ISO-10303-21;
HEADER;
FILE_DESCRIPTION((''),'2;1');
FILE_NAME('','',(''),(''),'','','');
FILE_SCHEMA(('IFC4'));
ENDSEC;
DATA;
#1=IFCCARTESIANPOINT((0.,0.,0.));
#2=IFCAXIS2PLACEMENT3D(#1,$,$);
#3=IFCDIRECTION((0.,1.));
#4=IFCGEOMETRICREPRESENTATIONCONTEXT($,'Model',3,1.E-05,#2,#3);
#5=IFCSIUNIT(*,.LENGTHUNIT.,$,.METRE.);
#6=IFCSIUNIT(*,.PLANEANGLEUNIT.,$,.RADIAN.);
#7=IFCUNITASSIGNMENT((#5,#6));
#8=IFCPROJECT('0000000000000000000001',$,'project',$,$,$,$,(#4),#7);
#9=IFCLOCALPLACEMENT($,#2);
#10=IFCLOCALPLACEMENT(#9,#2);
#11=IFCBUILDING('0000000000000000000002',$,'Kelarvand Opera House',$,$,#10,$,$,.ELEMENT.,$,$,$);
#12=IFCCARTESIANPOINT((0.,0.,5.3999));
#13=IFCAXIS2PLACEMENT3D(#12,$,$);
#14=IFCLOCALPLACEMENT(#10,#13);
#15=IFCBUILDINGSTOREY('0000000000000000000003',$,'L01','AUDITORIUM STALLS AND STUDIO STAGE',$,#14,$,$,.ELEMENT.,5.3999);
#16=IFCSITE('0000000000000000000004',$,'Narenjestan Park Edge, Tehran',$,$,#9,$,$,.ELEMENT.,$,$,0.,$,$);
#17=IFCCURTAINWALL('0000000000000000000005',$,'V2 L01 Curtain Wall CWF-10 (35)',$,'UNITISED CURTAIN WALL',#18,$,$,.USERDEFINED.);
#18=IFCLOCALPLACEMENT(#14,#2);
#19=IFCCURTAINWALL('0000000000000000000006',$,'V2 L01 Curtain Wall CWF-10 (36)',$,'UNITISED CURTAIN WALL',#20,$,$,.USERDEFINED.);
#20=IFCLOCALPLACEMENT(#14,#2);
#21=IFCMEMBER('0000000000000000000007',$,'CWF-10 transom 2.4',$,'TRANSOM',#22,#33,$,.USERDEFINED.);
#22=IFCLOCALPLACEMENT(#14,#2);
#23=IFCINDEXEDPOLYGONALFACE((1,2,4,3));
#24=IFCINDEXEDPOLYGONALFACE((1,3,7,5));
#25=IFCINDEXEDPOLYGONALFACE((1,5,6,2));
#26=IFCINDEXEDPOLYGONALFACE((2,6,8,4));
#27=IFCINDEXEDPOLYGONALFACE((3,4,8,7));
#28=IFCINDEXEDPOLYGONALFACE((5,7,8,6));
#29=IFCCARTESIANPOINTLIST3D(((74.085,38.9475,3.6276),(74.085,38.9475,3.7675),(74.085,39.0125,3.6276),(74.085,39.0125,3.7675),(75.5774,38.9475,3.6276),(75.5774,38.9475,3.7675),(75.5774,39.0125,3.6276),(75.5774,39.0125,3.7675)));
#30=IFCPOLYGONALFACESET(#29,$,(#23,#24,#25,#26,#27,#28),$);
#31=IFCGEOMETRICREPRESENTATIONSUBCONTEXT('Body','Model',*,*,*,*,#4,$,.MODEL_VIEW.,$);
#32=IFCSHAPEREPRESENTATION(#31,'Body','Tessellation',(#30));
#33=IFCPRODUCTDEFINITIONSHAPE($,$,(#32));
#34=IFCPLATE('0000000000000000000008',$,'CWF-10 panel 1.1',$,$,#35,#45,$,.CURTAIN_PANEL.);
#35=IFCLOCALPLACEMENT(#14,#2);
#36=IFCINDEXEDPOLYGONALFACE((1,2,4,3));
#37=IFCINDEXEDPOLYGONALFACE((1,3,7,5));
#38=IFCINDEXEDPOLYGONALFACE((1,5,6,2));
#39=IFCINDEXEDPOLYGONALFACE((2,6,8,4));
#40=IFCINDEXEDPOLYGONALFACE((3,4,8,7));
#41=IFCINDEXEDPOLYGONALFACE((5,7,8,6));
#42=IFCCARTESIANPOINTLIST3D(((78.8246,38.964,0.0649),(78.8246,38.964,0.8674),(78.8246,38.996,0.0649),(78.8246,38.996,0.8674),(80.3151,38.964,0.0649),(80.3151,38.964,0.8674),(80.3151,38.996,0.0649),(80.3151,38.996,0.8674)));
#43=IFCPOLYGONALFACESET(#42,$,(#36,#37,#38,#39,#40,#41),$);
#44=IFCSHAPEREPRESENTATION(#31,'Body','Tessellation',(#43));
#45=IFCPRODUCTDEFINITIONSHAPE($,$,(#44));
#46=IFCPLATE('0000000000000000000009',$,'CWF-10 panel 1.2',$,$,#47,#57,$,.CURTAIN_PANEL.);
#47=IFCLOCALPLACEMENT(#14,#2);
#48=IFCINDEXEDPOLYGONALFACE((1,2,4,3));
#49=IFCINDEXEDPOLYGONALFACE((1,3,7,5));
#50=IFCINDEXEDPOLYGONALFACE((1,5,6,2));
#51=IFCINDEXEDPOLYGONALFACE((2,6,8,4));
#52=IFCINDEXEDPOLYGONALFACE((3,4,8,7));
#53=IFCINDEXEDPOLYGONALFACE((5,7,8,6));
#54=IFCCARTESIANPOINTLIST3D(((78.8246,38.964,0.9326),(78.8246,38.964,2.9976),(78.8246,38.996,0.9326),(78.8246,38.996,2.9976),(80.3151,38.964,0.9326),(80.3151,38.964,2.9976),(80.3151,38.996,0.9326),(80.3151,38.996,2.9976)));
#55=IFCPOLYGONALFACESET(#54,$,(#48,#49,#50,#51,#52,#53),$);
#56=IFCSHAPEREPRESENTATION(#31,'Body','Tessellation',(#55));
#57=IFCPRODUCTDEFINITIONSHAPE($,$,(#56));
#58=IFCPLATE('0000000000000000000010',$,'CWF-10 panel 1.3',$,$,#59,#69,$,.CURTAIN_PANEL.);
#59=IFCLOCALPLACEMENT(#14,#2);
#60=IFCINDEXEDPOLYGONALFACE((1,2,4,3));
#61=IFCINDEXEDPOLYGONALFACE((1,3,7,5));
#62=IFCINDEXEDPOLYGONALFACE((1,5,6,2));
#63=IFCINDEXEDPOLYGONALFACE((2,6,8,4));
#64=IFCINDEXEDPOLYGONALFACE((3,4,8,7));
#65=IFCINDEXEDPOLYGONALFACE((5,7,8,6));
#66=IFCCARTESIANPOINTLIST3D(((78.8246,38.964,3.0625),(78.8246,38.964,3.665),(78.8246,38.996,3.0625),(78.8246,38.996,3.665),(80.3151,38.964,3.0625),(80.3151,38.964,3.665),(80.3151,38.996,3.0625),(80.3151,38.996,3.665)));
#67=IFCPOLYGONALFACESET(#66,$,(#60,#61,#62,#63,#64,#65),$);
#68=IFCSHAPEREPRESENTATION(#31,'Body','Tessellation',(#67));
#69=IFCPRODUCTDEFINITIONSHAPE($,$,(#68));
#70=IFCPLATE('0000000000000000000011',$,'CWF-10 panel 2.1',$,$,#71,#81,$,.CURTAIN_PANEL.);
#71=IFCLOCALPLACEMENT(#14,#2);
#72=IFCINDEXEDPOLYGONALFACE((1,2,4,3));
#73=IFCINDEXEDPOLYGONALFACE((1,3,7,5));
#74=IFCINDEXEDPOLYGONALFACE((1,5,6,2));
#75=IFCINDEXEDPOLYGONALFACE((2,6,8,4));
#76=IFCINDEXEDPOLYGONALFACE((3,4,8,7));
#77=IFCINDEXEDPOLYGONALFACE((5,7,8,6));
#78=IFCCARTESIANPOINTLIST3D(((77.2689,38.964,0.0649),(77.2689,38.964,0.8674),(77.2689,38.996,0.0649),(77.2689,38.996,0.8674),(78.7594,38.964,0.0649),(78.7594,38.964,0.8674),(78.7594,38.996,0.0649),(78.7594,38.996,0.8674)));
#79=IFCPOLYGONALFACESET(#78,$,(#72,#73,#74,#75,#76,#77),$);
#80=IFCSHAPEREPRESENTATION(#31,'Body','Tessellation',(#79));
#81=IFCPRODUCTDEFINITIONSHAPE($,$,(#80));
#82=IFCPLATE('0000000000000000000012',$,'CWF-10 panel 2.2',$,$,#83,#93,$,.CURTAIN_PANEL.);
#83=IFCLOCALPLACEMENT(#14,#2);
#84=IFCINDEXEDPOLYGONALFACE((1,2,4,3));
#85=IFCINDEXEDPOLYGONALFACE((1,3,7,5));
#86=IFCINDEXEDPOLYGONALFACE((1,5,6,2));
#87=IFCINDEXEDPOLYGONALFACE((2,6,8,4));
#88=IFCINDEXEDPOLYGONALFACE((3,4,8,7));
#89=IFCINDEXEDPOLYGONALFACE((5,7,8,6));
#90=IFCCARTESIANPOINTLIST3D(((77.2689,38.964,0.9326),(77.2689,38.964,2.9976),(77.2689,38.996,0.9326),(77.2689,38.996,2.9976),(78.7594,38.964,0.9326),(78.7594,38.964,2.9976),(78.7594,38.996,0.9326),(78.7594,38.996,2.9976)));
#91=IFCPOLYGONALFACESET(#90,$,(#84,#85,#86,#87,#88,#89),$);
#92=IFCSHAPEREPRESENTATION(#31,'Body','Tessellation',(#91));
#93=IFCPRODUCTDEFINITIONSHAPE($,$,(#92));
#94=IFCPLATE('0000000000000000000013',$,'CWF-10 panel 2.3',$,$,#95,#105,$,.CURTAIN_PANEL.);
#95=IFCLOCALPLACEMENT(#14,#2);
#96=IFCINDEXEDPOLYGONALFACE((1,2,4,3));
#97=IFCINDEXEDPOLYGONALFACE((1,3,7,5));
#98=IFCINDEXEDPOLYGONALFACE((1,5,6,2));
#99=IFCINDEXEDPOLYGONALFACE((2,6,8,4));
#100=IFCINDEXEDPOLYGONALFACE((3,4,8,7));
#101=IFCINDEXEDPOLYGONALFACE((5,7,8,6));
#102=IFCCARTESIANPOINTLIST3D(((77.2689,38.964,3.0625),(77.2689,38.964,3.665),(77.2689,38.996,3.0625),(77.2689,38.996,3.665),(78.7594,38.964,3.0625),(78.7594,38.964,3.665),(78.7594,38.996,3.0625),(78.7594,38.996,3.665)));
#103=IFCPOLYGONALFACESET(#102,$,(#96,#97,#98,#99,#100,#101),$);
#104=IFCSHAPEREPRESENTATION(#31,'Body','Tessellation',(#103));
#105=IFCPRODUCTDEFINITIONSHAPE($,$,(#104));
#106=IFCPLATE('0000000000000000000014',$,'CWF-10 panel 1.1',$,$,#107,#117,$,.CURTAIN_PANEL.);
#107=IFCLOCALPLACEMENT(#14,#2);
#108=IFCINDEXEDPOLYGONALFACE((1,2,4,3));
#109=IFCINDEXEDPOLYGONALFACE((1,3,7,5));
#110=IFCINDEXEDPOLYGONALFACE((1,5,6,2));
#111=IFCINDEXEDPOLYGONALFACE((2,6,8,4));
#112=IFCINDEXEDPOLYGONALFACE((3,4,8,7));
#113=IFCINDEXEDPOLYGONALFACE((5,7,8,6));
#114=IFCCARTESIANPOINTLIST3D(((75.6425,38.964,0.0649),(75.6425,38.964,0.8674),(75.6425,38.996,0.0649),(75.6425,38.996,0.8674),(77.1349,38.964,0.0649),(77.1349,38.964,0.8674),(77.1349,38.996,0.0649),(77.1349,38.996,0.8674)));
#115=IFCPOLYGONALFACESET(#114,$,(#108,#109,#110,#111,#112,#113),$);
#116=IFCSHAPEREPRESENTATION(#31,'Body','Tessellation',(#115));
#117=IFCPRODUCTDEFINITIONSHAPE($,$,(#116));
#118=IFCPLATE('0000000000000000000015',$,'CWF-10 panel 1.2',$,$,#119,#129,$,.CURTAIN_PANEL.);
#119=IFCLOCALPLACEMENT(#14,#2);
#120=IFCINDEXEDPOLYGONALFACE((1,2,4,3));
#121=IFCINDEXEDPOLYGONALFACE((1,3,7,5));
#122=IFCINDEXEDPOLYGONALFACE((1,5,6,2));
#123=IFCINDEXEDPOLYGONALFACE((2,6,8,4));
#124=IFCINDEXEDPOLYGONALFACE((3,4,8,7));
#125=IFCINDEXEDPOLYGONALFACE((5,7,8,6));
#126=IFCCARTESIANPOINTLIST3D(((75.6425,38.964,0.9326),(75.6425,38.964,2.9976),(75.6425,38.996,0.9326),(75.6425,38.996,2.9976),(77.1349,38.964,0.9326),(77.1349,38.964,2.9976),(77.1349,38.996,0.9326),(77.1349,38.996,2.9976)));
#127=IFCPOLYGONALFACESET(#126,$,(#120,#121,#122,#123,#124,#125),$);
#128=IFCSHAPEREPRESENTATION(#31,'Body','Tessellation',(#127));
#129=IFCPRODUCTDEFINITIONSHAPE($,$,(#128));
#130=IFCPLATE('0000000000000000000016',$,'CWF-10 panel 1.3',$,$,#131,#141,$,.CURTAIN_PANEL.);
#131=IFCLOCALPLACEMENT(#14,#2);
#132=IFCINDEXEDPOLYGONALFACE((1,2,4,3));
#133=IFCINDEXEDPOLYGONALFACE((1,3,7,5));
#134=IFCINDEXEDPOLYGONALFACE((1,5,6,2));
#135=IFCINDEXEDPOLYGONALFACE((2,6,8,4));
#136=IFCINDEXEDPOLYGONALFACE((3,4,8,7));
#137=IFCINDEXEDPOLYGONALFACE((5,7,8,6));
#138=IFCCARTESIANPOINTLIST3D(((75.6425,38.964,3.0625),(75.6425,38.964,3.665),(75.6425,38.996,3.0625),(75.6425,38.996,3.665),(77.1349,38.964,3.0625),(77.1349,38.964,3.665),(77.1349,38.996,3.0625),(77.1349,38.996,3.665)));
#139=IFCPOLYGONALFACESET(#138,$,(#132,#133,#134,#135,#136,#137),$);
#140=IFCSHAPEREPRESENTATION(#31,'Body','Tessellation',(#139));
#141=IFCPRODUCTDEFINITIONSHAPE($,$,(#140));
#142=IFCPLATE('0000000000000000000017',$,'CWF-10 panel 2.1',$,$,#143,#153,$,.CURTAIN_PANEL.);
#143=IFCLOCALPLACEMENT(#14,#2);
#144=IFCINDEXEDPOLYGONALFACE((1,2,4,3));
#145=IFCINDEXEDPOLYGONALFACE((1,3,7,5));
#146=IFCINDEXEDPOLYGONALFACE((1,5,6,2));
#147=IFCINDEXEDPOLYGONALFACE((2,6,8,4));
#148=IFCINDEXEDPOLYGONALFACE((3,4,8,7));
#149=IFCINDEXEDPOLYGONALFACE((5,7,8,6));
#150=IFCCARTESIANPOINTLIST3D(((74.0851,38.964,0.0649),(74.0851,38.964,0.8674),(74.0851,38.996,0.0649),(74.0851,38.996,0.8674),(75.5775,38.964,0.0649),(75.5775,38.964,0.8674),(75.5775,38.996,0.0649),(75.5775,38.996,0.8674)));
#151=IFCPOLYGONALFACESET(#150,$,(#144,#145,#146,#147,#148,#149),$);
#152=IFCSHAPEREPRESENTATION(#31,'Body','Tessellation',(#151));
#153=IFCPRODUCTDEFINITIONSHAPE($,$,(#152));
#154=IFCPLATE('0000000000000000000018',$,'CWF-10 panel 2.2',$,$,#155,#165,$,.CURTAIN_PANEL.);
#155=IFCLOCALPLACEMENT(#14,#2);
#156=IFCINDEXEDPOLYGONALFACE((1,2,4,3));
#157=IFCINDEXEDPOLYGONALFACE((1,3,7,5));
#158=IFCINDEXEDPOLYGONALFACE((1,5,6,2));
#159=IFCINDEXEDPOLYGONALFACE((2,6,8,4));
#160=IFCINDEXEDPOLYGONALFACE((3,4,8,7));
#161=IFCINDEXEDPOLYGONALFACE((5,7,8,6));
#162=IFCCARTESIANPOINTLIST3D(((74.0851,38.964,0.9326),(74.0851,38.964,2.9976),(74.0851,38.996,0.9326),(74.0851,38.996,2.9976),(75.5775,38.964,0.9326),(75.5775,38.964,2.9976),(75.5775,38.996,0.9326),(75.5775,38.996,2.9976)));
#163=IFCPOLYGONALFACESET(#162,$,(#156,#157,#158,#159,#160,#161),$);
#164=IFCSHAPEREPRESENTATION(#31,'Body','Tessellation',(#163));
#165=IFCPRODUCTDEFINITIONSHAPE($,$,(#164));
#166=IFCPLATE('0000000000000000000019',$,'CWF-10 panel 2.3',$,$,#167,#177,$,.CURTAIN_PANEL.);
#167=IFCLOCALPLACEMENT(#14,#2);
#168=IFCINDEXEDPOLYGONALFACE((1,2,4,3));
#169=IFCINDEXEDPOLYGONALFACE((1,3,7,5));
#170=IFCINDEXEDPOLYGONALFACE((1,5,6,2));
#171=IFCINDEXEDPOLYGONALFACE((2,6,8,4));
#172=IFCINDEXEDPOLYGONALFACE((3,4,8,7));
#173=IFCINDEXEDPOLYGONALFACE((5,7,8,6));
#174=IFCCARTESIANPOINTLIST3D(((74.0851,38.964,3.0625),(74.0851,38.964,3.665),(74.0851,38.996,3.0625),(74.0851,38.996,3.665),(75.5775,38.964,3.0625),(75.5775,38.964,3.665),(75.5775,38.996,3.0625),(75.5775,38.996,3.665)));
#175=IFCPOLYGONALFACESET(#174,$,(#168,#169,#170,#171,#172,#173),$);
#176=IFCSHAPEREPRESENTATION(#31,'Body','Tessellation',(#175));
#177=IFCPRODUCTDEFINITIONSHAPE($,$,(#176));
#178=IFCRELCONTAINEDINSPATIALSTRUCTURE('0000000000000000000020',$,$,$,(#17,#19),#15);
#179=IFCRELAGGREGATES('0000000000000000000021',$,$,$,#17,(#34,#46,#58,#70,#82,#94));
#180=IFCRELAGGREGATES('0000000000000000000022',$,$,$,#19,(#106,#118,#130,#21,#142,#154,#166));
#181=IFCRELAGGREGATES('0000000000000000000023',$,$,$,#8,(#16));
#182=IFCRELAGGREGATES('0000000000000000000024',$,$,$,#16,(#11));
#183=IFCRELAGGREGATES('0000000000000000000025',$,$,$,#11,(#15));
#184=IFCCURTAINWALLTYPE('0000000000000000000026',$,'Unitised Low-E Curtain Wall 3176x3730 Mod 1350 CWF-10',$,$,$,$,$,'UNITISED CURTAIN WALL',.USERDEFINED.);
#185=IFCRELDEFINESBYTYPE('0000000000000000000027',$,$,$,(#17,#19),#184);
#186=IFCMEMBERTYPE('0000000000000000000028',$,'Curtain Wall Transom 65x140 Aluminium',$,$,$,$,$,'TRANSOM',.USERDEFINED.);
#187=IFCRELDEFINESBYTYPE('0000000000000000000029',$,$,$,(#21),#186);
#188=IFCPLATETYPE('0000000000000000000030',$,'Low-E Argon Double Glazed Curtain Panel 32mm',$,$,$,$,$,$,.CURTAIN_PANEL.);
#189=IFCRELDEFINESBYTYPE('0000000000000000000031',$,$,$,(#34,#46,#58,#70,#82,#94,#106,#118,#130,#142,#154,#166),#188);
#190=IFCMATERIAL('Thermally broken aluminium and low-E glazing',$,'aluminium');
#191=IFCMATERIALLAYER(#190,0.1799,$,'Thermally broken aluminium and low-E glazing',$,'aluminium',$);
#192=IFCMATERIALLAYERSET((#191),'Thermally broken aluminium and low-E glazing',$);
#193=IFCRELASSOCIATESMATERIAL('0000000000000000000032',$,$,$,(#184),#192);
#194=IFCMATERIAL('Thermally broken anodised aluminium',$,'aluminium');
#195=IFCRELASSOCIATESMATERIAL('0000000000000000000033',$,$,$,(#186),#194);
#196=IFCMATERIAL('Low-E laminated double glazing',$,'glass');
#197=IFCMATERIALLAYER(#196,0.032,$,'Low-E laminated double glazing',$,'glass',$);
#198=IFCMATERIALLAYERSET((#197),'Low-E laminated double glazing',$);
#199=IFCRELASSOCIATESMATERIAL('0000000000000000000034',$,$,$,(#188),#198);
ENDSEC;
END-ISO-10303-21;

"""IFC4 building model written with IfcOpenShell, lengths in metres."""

from ifc_helpers import new_model, si_unit, direction, frame, origin, origin_2d, place, context, subcontext, project, spatial, rectangle, extrude, material, layer, layer_set, material_profile, profile_set, type_object, element, aggregate, save


model = new_model("IFC4")

# Units and contexts
model_context = context("Model", 3, precision=1e-05, world=origin(), true_north=direction((0.0, 1.0)))
body_context = subcontext(model_context, "Body", "Model", "MODEL_VIEW")
ifc_project = project(units=[si_unit("LENGTHUNIT", "METRE"), si_unit("PLANEANGLEUNIT", "RADIAN")], contexts=[model_context])

# Site, building, storey
site_placement = place(None, origin())
site = spatial("IfcSite", under=ifc_project, at=site_placement, Name="Narenjestan Park Edge, Tehran", CompositionType="ELEMENT", RefElevation=0.0)
building_placement = place(site_placement, origin())
building = spatial("IfcBuilding", under=site, at=building_placement, Name="Kelarvand Opera House", CompositionType="ELEMENT")
storey_placement = place(building_placement, frame((0.0, 0.0, 5.3999)))
storey = spatial("IfcBuildingStorey", under=building, at=storey_placement, Name="L01", Description="AUDITORIUM STALLS AND STUDIO STAGE", CompositionType="ELEMENT", Elevation=5.3999)

# Curtain walls
ifc_material_1 = material(Name="Thermally broken aluminium and low-E glazing", Category="aluminium")
ifc_layer_1 = layer(ifc_material_1, 0.1799, Name="Thermally broken aluminium and low-E glazing", Category="aluminium")
ifc_layer_set_1 = layer_set([ifc_layer_1], Name="Thermally broken aluminium and low-E glazing")
curtain_wall_type = type_object("IfcCurtainWallType", Name="Unitised Low-E Curtain Wall 3176x3730 Mod 1350 CWF-10", ElementType="UNITISED CURTAIN WALL", PredefinedType="USERDEFINED", material=ifc_layer_set_1)
curtain_wall_1_placement = place(storey_placement, origin())
curtain_wall_1 = element("IfcCurtainWall", 1, at=curtain_wall_1_placement, inside=storey, type_object=curtain_wall_type, Name="V2 L01 Curtain Wall CWF-10 (35)", ObjectType="UNITISED CURTAIN WALL", PredefinedType="USERDEFINED")
ifc_material_2 = material(Name="Thermally broken anodised aluminium", Category="aluminium")
curtain_wall_2_placement = place(storey_placement, origin())
curtain_wall_2 = element("IfcCurtainWall", 2, at=curtain_wall_2_placement, inside=storey, type_object=curtain_wall_type, Name="V2 L01 Curtain Wall CWF-10 (36)", ObjectType="UNITISED CURTAIN WALL", PredefinedType="USERDEFINED")

# Member
ifc_material_profile_1 = material_profile(ifc_material_2, rectangle(XDim=0.0649, YDim=0.1399, at=origin_2d()), Name="ALU TRANSOM 65x140", Category="aluminium")
ifc_profile_set_1 = profile_set([ifc_material_profile_1], Name="Thermally broken anodised aluminium")
member_type_1 = type_object("IfcMemberType", Name="Curtain Wall Transom 65x140 Aluminium", ElementType="TRANSOM", PredefinedType="USERDEFINED", material=ifc_profile_set_1)
member_1_placement = place(storey_placement, frame((75.5774, 38.98, 3.6975), z_axis=(-1.0, 0.0, 0.0), x_axis=(0.0, -1.0, 0.0)))
member_1 = element("IfcMember", 3, at=member_1_placement, type_object=member_type_1, Name="CWF-10 transom 2.4", ObjectType="TRANSOM", PredefinedType="USERDEFINED", context=body_context, shape_type="SweptSolid", body=[
    extrude(rectangle(XDim=0.0649, YDim=0.1399, at=origin_2d()), origin(), (0.0, 0.0, 1.0), 1.4924),
])

# Plates
ifc_material_3 = material(Name="Low-E laminated double glazing", Category="glass")
ifc_layer_2 = layer(ifc_material_3, 0.032, Name="Low-E laminated double glazing", Category="glass")
ifc_layer_set_2 = layer_set([ifc_layer_2], Name="Low-E laminated double glazing")
plate_type = type_object("IfcPlateType", Name="Low-E Argon Double Glazed Curtain Panel 32mm", PredefinedType="CURTAIN_PANEL", material=ifc_layer_set_2)
plate_1_placement = place(storey_placement, frame((79.5698, 38.98, 0.0649), z_axis=(0.0, 0.0, 1.0), x_axis=(-1.0, 0.0, 0.0)))
plate_1 = element("IfcPlate", 4, at=plate_1_placement, type_object=plate_type, Name="CWF-10 panel 1.1", PredefinedType="CURTAIN_PANEL", context=body_context, shape_type="SweptSolid", body=[
    extrude(rectangle(XDim=1.4905, YDim=0.032, at=origin_2d()), origin(), (0.0, 0.0, 1.0), 0.8025),
])
plate_2_placement = place(storey_placement, frame((79.5698, 38.98, 0.9326), z_axis=(0.0, 0.0, 1.0), x_axis=(-1.0, 0.0, 0.0)))
plate_2 = element("IfcPlate", 5, at=plate_2_placement, type_object=plate_type, Name="CWF-10 panel 1.2", PredefinedType="CURTAIN_PANEL", context=body_context, shape_type="SweptSolid", body=[
    extrude(rectangle(XDim=1.4905, YDim=0.032, at=origin_2d()), origin(), (0.0, 0.0, 1.0), 2.0649),
])
plate_3_placement = place(storey_placement, frame((79.5698, 38.98, 3.0625), z_axis=(0.0, 0.0, 1.0), x_axis=(-1.0, 0.0, 0.0)))
plate_3 = element("IfcPlate", 6, at=plate_3_placement, type_object=plate_type, Name="CWF-10 panel 1.3", PredefinedType="CURTAIN_PANEL", context=body_context, shape_type="SweptSolid", body=[
    extrude(rectangle(XDim=1.4905, YDim=0.032, at=origin_2d()), origin(), (0.0, 0.0, 1.0), 0.6025),
])
plate_4_placement = place(storey_placement, frame((78.0142, 38.98, 0.0649), z_axis=(0.0, 0.0, 1.0), x_axis=(-1.0, 0.0, 0.0)))
plate_4 = element("IfcPlate", 7, at=plate_4_placement, type_object=plate_type, Name="CWF-10 panel 2.1", PredefinedType="CURTAIN_PANEL", context=body_context, shape_type="SweptSolid", body=[
    extrude(rectangle(XDim=1.4905, YDim=0.032, at=origin_2d()), origin(), (0.0, 0.0, 1.0), 0.8025),
])
plate_5_placement = place(storey_placement, frame((78.0142, 38.98, 0.9326), z_axis=(0.0, 0.0, 1.0), x_axis=(-1.0, 0.0, 0.0)))
plate_5 = element("IfcPlate", 8, at=plate_5_placement, type_object=plate_type, Name="CWF-10 panel 2.2", PredefinedType="CURTAIN_PANEL", context=body_context, shape_type="SweptSolid", body=[
    extrude(rectangle(XDim=1.4905, YDim=0.032, at=origin_2d()), origin(), (0.0, 0.0, 1.0), 2.0649),
])
plate_6_placement = place(storey_placement, frame((78.0142, 38.98, 3.0625), z_axis=(0.0, 0.0, 1.0), x_axis=(-1.0, 0.0, 0.0)))
plate_6 = element("IfcPlate", 9, at=plate_6_placement, type_object=plate_type, Name="CWF-10 panel 2.3", PredefinedType="CURTAIN_PANEL", context=body_context, shape_type="SweptSolid", body=[
    extrude(rectangle(XDim=1.4905, YDim=0.032, at=origin_2d()), origin(), (0.0, 0.0, 1.0), 0.6025),
])
aggregate(curtain_wall_1, [plate_1, plate_2, plate_3, plate_4, plate_5, plate_6])
plate_7_placement = place(storey_placement, frame((76.3887, 38.98, 0.0649), z_axis=(0.0, 0.0, 1.0), x_axis=(-1.0, 0.0, 0.0)))
plate_7 = element("IfcPlate", 10, at=plate_7_placement, type_object=plate_type, Name="CWF-10 panel 1.1", PredefinedType="CURTAIN_PANEL", context=body_context, shape_type="SweptSolid", body=[
    extrude(rectangle(XDim=1.4924, YDim=0.032, at=origin_2d()), origin(), (0.0, 0.0, 1.0), 0.8025),
])
plate_8_placement = place(storey_placement, frame((76.3887, 38.98, 0.9326), z_axis=(0.0, 0.0, 1.0), x_axis=(-1.0, 0.0, 0.0)))
plate_8 = element("IfcPlate", 11, at=plate_8_placement, type_object=plate_type, Name="CWF-10 panel 1.2", PredefinedType="CURTAIN_PANEL", context=body_context, shape_type="SweptSolid", body=[
    extrude(rectangle(XDim=1.4924, YDim=0.032, at=origin_2d()), origin(), (0.0, 0.0, 1.0), 2.0649),
])
plate_9_placement = place(storey_placement, frame((76.3887, 38.98, 3.0625), z_axis=(0.0, 0.0, 1.0), x_axis=(-1.0, 0.0, 0.0)))
plate_9 = element("IfcPlate", 12, at=plate_9_placement, type_object=plate_type, Name="CWF-10 panel 1.3", PredefinedType="CURTAIN_PANEL", context=body_context, shape_type="SweptSolid", body=[
    extrude(rectangle(XDim=1.4924, YDim=0.032, at=origin_2d()), origin(), (0.0, 0.0, 1.0), 0.6025),
])
plate_10_placement = place(storey_placement, frame((74.8313, 38.98, 0.0649), z_axis=(0.0, 0.0, 1.0), x_axis=(-1.0, 0.0, 0.0)))
plate_10 = element("IfcPlate", 13, at=plate_10_placement, type_object=plate_type, Name="CWF-10 panel 2.1", PredefinedType="CURTAIN_PANEL", context=body_context, shape_type="SweptSolid", body=[
    extrude(rectangle(XDim=1.4924, YDim=0.032, at=origin_2d()), origin(), (0.0, 0.0, 1.0), 0.8025),
])
plate_11_placement = place(storey_placement, frame((74.8313, 38.98, 0.9326), z_axis=(0.0, 0.0, 1.0), x_axis=(-1.0, 0.0, 0.0)))
plate_11 = element("IfcPlate", 14, at=plate_11_placement, type_object=plate_type, Name="CWF-10 panel 2.2", PredefinedType="CURTAIN_PANEL", context=body_context, shape_type="SweptSolid", body=[
    extrude(rectangle(XDim=1.4924, YDim=0.032, at=origin_2d()), origin(), (0.0, 0.0, 1.0), 2.0649),
])
plate_12_placement = place(storey_placement, frame((74.8313, 38.98, 3.0625), z_axis=(0.0, 0.0, 1.0), x_axis=(-1.0, 0.0, 0.0)))
plate_12 = element("IfcPlate", 15, at=plate_12_placement, type_object=plate_type, Name="CWF-10 panel 2.3", PredefinedType="CURTAIN_PANEL", context=body_context, shape_type="SweptSolid", body=[
    extrude(rectangle(XDim=1.4924, YDim=0.032, at=origin_2d()), origin(), (0.0, 0.0, 1.0), 0.6025),
])
aggregate(curtain_wall_2, [plate_7, plate_8, plate_9, member_1, plate_10, plate_11, plate_12])

save(model, "model.ifc")
